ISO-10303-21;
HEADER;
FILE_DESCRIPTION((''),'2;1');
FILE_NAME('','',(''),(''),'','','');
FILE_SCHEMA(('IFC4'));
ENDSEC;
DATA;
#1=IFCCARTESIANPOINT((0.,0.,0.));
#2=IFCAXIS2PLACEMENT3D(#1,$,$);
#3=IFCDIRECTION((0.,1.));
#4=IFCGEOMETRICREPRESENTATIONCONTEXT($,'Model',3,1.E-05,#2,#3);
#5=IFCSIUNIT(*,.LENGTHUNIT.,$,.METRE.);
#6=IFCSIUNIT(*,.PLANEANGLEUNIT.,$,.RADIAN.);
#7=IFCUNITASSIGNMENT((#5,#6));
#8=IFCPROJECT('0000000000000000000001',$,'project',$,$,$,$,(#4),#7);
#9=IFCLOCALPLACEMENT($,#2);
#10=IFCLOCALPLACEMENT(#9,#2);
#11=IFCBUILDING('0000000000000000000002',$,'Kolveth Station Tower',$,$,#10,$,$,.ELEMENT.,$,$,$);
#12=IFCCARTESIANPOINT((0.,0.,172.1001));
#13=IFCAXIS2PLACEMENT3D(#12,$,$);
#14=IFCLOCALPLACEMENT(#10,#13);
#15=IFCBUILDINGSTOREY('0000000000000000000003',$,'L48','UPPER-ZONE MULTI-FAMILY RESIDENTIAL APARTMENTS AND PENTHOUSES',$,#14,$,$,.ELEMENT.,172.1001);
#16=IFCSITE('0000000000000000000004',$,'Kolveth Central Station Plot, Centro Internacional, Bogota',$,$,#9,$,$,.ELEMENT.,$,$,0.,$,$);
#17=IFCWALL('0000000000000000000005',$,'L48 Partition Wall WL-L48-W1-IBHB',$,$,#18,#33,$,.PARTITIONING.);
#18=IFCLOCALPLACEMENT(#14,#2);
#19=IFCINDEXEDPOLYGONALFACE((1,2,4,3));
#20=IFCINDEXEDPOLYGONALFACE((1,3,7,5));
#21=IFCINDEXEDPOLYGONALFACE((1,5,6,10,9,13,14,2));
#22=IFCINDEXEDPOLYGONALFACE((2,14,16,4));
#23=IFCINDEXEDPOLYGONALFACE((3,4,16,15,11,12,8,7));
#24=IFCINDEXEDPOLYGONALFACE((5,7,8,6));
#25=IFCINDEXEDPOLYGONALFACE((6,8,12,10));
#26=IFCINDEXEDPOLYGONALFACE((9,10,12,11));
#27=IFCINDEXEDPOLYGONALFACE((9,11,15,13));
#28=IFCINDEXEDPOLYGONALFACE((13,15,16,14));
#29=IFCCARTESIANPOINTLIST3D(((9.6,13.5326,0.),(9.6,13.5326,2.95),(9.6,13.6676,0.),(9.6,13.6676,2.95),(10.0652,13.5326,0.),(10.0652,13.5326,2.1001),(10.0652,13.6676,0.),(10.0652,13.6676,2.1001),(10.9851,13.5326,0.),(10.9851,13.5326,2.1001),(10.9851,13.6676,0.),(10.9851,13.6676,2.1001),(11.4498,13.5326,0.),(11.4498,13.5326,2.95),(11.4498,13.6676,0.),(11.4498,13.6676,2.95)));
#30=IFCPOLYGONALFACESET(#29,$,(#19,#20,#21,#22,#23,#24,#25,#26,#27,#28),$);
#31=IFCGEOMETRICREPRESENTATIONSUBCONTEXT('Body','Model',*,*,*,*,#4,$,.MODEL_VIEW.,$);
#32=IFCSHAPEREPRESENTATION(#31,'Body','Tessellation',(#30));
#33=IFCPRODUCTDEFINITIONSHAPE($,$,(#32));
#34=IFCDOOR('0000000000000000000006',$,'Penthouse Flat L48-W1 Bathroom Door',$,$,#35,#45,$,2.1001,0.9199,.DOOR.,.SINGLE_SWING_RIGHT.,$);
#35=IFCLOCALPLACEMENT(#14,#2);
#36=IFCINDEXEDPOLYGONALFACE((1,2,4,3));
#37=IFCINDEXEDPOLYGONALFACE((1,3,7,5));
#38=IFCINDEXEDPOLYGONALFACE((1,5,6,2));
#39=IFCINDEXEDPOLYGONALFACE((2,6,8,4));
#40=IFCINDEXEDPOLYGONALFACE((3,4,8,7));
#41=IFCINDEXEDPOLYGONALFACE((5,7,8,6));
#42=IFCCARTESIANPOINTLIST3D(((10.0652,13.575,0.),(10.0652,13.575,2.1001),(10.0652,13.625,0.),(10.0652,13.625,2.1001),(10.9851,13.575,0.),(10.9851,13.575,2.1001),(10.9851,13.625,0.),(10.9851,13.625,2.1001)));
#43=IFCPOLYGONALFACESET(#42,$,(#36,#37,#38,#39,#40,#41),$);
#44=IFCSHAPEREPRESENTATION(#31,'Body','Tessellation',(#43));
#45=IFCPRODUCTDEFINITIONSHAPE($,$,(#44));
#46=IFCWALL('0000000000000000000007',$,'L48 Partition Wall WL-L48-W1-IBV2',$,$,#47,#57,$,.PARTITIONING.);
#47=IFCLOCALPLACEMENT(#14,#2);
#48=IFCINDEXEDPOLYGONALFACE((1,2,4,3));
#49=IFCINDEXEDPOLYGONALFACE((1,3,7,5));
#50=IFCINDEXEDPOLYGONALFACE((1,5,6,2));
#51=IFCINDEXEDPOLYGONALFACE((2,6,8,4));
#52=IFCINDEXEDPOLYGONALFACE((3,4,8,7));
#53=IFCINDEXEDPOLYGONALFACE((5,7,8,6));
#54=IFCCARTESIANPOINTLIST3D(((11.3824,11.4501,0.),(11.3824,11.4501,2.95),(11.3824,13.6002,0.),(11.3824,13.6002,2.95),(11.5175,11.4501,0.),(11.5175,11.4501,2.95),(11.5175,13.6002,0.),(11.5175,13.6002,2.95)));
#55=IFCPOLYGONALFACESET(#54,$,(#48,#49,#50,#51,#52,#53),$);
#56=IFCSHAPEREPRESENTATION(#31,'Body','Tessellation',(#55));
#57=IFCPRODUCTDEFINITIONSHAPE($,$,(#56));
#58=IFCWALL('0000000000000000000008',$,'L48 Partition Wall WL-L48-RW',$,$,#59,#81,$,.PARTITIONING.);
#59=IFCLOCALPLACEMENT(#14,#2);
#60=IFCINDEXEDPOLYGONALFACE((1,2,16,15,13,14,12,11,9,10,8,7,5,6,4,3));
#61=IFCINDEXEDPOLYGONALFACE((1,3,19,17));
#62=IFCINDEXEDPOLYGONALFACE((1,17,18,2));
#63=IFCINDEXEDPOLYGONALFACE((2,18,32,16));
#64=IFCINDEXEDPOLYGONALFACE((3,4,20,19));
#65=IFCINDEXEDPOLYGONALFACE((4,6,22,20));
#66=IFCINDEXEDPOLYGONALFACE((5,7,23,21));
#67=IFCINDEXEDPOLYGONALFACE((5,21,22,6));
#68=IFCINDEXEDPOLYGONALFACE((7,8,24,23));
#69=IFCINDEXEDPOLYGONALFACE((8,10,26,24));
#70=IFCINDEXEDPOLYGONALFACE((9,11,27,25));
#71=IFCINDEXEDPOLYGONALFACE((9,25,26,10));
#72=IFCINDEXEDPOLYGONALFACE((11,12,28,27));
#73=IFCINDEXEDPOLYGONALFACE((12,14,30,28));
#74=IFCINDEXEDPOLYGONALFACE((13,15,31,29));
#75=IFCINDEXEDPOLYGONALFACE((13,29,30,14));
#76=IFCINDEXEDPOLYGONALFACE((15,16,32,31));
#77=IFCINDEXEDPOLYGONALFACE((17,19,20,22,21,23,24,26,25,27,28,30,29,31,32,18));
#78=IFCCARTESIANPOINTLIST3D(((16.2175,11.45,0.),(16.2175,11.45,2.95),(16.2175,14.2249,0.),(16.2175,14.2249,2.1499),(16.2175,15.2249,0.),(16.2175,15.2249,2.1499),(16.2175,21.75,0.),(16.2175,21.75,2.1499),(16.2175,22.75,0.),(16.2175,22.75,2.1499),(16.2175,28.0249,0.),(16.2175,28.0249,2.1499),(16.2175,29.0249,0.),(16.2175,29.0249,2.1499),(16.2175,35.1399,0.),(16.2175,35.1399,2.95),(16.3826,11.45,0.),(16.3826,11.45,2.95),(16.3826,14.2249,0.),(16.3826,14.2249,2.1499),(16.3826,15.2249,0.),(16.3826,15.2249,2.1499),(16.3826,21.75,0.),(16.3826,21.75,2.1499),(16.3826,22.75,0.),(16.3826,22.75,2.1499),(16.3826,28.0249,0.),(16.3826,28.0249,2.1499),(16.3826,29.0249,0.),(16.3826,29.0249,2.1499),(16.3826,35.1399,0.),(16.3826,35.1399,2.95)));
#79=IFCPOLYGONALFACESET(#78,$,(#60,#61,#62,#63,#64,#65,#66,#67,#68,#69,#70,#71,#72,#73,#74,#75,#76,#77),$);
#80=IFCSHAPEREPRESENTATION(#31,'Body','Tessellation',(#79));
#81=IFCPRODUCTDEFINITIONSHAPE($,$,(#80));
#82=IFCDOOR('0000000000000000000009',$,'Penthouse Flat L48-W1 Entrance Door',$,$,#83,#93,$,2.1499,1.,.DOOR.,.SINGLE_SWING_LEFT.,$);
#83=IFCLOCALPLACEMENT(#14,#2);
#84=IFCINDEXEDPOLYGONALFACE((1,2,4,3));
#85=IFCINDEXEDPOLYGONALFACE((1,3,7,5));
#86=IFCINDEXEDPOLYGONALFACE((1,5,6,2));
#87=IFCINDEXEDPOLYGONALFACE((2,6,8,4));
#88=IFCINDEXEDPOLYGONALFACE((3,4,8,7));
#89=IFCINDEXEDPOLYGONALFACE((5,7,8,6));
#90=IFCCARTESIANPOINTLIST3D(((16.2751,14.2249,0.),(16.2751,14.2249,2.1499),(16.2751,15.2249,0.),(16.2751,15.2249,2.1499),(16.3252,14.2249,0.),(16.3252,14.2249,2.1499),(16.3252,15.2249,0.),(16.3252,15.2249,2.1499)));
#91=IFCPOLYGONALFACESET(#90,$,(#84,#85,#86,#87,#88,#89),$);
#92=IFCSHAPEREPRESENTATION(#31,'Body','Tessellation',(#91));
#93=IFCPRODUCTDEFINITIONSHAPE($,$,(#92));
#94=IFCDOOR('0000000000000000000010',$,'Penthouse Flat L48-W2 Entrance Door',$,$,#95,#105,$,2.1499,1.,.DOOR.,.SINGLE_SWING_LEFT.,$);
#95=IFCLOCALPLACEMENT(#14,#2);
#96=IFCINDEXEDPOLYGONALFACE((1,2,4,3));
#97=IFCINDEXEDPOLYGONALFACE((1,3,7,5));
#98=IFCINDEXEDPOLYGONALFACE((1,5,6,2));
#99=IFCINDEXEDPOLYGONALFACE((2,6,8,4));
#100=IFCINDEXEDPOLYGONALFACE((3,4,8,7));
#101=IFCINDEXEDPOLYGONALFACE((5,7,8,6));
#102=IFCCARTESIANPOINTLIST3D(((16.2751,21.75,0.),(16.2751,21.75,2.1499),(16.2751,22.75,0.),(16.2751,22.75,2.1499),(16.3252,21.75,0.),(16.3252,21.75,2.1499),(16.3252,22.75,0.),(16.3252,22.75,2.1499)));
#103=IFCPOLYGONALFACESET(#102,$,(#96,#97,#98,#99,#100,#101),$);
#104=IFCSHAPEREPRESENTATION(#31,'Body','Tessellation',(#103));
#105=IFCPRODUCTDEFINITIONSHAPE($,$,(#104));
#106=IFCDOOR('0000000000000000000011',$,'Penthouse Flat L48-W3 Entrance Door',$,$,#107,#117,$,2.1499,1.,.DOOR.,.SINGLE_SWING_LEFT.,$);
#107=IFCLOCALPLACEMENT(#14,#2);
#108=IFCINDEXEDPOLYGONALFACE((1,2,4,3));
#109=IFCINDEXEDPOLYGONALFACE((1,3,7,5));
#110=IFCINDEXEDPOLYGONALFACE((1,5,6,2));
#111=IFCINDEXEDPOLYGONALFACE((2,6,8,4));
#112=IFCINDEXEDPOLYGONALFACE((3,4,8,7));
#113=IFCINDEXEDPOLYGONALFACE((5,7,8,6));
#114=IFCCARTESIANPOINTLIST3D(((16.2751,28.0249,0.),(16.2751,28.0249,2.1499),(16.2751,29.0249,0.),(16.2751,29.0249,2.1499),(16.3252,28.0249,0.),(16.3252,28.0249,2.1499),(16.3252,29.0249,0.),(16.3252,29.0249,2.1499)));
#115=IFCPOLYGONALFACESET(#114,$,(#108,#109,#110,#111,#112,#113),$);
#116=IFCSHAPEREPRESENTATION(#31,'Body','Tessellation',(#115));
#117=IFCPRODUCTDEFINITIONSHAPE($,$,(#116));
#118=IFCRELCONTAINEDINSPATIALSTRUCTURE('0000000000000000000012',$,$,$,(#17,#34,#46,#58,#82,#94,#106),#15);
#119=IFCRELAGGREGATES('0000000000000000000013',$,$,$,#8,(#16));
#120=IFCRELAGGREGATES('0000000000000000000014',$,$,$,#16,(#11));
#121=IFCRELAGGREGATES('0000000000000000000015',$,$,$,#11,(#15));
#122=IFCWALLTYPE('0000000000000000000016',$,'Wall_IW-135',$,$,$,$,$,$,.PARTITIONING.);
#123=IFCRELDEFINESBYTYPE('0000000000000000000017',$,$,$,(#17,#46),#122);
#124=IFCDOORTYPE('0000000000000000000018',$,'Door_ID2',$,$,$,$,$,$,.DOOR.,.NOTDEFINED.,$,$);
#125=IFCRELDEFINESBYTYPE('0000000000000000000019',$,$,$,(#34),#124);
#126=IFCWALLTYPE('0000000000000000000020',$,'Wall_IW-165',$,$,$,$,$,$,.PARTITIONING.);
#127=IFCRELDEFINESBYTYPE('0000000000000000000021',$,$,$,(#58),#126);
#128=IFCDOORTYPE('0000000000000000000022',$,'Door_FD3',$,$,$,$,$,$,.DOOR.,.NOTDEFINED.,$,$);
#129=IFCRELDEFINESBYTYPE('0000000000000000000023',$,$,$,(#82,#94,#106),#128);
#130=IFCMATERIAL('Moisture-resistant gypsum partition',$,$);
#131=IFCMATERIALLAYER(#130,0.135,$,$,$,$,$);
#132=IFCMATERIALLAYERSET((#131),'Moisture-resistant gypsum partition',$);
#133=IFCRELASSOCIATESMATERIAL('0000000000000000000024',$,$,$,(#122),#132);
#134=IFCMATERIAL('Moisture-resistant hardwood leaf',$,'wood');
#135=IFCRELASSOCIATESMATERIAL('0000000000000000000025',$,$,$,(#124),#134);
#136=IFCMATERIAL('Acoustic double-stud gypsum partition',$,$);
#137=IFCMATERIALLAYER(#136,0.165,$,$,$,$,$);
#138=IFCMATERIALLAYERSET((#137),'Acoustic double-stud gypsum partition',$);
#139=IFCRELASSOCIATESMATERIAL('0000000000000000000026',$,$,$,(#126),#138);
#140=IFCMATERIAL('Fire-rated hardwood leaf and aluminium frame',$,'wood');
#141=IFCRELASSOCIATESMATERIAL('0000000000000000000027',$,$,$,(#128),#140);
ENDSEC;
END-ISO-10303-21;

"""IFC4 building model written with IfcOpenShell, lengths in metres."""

from ifc_helpers import new_model, si_unit, direction, frame, frame_2d, origin, place, context, subcontext, project, spatial, rectangle, extrude, material, layer, layer_set, type_object, element, fill, save


model = new_model("IFC4")

# Units and contexts
model_context = context("Model", 3, precision=1e-05, world=origin(), true_north=direction((0.0, 1.0)))
body_context = subcontext(model_context, "Body", "Model", "MODEL_VIEW")
ifc_project = project(units=[si_unit("LENGTHUNIT", "METRE"), si_unit("PLANEANGLEUNIT", "RADIAN")], contexts=[model_context])

# Site, building, storey
site_placement = place(None, origin())
site = spatial("IfcSite", under=ifc_project, at=site_placement, Name="Kolveth Central Station Plot, Centro Internacional, Bogota", CompositionType="ELEMENT", RefElevation=0.0)
building_placement = place(site_placement, origin())
building = spatial("IfcBuilding", under=site, at=building_placement, Name="Kolveth Station Tower", CompositionType="ELEMENT")
storey_placement = place(building_placement, frame((0.0, 0.0, 172.1001)))
storey = spatial("IfcBuildingStorey", under=building, at=storey_placement, Name="L48", Description="UPPER-ZONE MULTI-FAMILY RESIDENTIAL APARTMENTS AND PENTHOUSES", CompositionType="ELEMENT", Elevation=172.1001)

# Wall, opening, door
ifc_material_1 = material(Name="Moisture-resistant gypsum partition")
ifc_layer_1 = layer(ifc_material_1, 0.135)
ifc_layer_set_1 = layer_set([ifc_layer_1], Name="Moisture-resistant gypsum partition")
wall_type_1 = type_object("IfcWallType", Name="Wall_IW-135", PredefinedType="PARTITIONING", material=ifc_layer_set_1)
wall_1_placement = place(storey_placement, frame((9.6001, 13.6001, 0.0), z_axis=(0.0, 0.0, 1.0), x_axis=(1.0, 0.0, 0.0)))
wall_1 = element("IfcWall", 1, at=wall_1_placement, inside=storey, type_object=wall_type_1, Name="L48 Partition Wall WL-L48-W1-IBHB", PredefinedType="PARTITIONING", context=body_context, shape_type="SweptSolid", body=[
    extrude(rectangle(XDim=1.8499, YDim=0.135, at=frame_2d((0.9248, 0.0))), origin(), (0.0, 0.0, 1.0), 2.95),
])
opening_1_placement = place(wall_1_placement, frame((0.4651, 0.0, 0.0)))
opening_1 = element("IfcOpeningElement", 2, at=opening_1_placement, cuts=wall_1, PredefinedType="OPENING", context=body_context, shape_type="SweptSolid", body=[
    extrude(rectangle(XDim=0.9199, YDim=2.1001, at=frame_2d((0.46, 1.05))), frame((0.0, 0.0774, 0.0), z_axis=(0.0, -1.0, 0.0), x_axis=(1.0, 0.0, 0.0)), (0.0, 0.0, 1.0), 0.155),
])
ifc_material_2 = material(Name="Moisture-resistant hardwood leaf", Category="wood")
door_type_1 = type_object("IfcDoorType", Name="Door_ID2", OperationType="NOTDEFINED", PredefinedType="DOOR", material=ifc_material_2)
door_1_placement = place(opening_1_placement, origin())
door_1 = element("IfcDoor", 3, at=door_1_placement, inside=storey, type_object=door_type_1, Name="Penthouse Flat L48-W1 Bathroom Door", OperationType="SINGLE_SWING_RIGHT", OverallHeight=2.1001, OverallWidth=0.9199, PredefinedType="DOOR", context=body_context, shape_type="SweptSolid", body=[
    extrude(rectangle(XDim=0.9199, YDim=2.1001, at=frame_2d((0.46, 1.05))), frame((0.0, 0.0249, 0.0), z_axis=(0.0, -1.0, 0.0), x_axis=(1.0, 0.0, 0.0)), (0.0, 0.0, 1.0), 0.05),
])
fill(opening_1, door_1)

# Wall
wall_2_placement = place(storey_placement, frame((11.45, 11.45, 0.0), z_axis=(0.0, 0.0, 1.0), x_axis=(0.0, 1.0, 0.0)))
element("IfcWall", 4, at=wall_2_placement, inside=storey, type_object=wall_type_1, Name="L48 Partition Wall WL-L48-W1-IBV2", PredefinedType="PARTITIONING", context=body_context, shape_type="SweptSolid", body=[
    extrude(rectangle(XDim=2.1501, YDim=0.135, at=frame_2d((1.0752, 0.0))), origin(), (0.0, 0.0, 1.0), 2.95),
])

# Wall, openings, doors
ifc_material_3 = material(Name="Acoustic double-stud gypsum partition")
ifc_layer_2 = layer(ifc_material_3, 0.165)
ifc_layer_set_2 = layer_set([ifc_layer_2], Name="Acoustic double-stud gypsum partition")
wall_type_2 = type_object("IfcWallType", Name="Wall_IW-165", PredefinedType="PARTITIONING", material=ifc_layer_set_2)
wall_3_placement = place(storey_placement, frame((16.3, 11.45, 0.0), z_axis=(0.0, 0.0, 1.0), x_axis=(0.0, 1.0, 0.0)))
wall_3 = element("IfcWall", 5, at=wall_3_placement, inside=storey, type_object=wall_type_2, Name="L48 Partition Wall WL-L48-RW", PredefinedType="PARTITIONING", context=body_context, shape_type="SweptSolid", body=[
    extrude(rectangle(XDim=23.6899, YDim=0.165, at=frame_2d((11.845, 0.0))), origin(), (0.0, 0.0, 1.0), 2.95),
])
opening_2_placement = place(wall_3_placement, frame((2.7749, 0.0, 0.0)))
opening_2 = element("IfcOpeningElement", 6, at=opening_2_placement, cuts=wall_3, PredefinedType="OPENING", context=body_context, shape_type="SweptSolid", body=[
    extrude(rectangle(XDim=1.0, YDim=2.1499, at=frame_2d((0.5, 1.075))), frame((0.0, 0.0925, 0.0), z_axis=(0.0, -1.0, 0.0), x_axis=(1.0, 0.0, 0.0)), (0.0, 0.0, 1.0), 0.1851),
])
opening_3_placement = place(wall_3_placement, frame((10.3, 0.0, 0.0)))
opening_3 = element("IfcOpeningElement", 7, at=opening_3_placement, cuts=wall_3, PredefinedType="OPENING", context=body_context, shape_type="SweptSolid", body=[
    extrude(rectangle(XDim=1.0, YDim=2.1499, at=frame_2d((0.5, 1.075))), frame((0.0, 0.0925, 0.0), z_axis=(0.0, -1.0, 0.0), x_axis=(1.0, 0.0, 0.0)), (0.0, 0.0, 1.0), 0.1851),
])
opening_4_placement = place(wall_3_placement, frame((16.575, 0.0, 0.0)))
opening_4 = element("IfcOpeningElement", 8, at=opening_4_placement, cuts=wall_3, PredefinedType="OPENING", context=body_context, shape_type="SweptSolid", body=[
    extrude(rectangle(XDim=1.0, YDim=2.1499, at=frame_2d((0.5, 1.075))), frame((0.0, 0.0925, 0.0), z_axis=(0.0, -1.0, 0.0), x_axis=(1.0, 0.0, 0.0)), (0.0, 0.0, 1.0), 0.1851),
])
ifc_material_4 = material(Name="Fire-rated hardwood leaf and aluminium frame", Category="wood")
door_type_2 = type_object("IfcDoorType", Name="Door_FD3", OperationType="NOTDEFINED", PredefinedType="DOOR", material=ifc_material_4)
door_2_placement = place(opening_2_placement, origin())
door_2 = element("IfcDoor", 9, at=door_2_placement, inside=storey, type_object=door_type_2, Name="Penthouse Flat L48-W1 Entrance Door", OperationType="SINGLE_SWING_LEFT", OverallHeight=2.1499, OverallWidth=1.0, PredefinedType="DOOR", context=body_context, shape_type="SweptSolid", body=[
    extrude(rectangle(XDim=1.0, YDim=2.1499, at=frame_2d((0.5, 1.075))), frame((0.0, 0.0249, 0.0), z_axis=(0.0, -1.0, 0.0), x_axis=(1.0, 0.0, 0.0)), (0.0, 0.0, 1.0), 0.05),
])
fill(opening_2, door_2)
door_3_placement = place(opening_3_placement, origin())
door_3 = element("IfcDoor", 10, at=door_3_placement, inside=storey, type_object=door_type_2, Name="Penthouse Flat L48-W2 Entrance Door", OperationType="SINGLE_SWING_LEFT", OverallHeight=2.1499, OverallWidth=1.0, PredefinedType="DOOR", context=body_context, shape_type="SweptSolid", body=[
    extrude(rectangle(XDim=1.0, YDim=2.1499, at=frame_2d((0.5, 1.075))), frame((0.0, 0.0249, 0.0), z_axis=(0.0, -1.0, 0.0), x_axis=(1.0, 0.0, 0.0)), (0.0, 0.0, 1.0), 0.05),
])
fill(opening_3, door_3)
door_4_placement = place(opening_4_placement, origin())
door_4 = element("IfcDoor", 11, at=door_4_placement, inside=storey, type_object=door_type_2, Name="Penthouse Flat L48-W3 Entrance Door", OperationType="SINGLE_SWING_LEFT", OverallHeight=2.1499, OverallWidth=1.0, PredefinedType="DOOR", context=body_context, shape_type="SweptSolid", body=[
    extrude(rectangle(XDim=1.0, YDim=2.1499, at=frame_2d((0.5, 1.075))), frame((0.0, 0.0249, 0.0), z_axis=(0.0, -1.0, 0.0), x_axis=(1.0, 0.0, 0.0)), (0.0, 0.0, 1.0), 0.05),
])
fill(opening_4, door_4)

save(model, "model.ifc")
